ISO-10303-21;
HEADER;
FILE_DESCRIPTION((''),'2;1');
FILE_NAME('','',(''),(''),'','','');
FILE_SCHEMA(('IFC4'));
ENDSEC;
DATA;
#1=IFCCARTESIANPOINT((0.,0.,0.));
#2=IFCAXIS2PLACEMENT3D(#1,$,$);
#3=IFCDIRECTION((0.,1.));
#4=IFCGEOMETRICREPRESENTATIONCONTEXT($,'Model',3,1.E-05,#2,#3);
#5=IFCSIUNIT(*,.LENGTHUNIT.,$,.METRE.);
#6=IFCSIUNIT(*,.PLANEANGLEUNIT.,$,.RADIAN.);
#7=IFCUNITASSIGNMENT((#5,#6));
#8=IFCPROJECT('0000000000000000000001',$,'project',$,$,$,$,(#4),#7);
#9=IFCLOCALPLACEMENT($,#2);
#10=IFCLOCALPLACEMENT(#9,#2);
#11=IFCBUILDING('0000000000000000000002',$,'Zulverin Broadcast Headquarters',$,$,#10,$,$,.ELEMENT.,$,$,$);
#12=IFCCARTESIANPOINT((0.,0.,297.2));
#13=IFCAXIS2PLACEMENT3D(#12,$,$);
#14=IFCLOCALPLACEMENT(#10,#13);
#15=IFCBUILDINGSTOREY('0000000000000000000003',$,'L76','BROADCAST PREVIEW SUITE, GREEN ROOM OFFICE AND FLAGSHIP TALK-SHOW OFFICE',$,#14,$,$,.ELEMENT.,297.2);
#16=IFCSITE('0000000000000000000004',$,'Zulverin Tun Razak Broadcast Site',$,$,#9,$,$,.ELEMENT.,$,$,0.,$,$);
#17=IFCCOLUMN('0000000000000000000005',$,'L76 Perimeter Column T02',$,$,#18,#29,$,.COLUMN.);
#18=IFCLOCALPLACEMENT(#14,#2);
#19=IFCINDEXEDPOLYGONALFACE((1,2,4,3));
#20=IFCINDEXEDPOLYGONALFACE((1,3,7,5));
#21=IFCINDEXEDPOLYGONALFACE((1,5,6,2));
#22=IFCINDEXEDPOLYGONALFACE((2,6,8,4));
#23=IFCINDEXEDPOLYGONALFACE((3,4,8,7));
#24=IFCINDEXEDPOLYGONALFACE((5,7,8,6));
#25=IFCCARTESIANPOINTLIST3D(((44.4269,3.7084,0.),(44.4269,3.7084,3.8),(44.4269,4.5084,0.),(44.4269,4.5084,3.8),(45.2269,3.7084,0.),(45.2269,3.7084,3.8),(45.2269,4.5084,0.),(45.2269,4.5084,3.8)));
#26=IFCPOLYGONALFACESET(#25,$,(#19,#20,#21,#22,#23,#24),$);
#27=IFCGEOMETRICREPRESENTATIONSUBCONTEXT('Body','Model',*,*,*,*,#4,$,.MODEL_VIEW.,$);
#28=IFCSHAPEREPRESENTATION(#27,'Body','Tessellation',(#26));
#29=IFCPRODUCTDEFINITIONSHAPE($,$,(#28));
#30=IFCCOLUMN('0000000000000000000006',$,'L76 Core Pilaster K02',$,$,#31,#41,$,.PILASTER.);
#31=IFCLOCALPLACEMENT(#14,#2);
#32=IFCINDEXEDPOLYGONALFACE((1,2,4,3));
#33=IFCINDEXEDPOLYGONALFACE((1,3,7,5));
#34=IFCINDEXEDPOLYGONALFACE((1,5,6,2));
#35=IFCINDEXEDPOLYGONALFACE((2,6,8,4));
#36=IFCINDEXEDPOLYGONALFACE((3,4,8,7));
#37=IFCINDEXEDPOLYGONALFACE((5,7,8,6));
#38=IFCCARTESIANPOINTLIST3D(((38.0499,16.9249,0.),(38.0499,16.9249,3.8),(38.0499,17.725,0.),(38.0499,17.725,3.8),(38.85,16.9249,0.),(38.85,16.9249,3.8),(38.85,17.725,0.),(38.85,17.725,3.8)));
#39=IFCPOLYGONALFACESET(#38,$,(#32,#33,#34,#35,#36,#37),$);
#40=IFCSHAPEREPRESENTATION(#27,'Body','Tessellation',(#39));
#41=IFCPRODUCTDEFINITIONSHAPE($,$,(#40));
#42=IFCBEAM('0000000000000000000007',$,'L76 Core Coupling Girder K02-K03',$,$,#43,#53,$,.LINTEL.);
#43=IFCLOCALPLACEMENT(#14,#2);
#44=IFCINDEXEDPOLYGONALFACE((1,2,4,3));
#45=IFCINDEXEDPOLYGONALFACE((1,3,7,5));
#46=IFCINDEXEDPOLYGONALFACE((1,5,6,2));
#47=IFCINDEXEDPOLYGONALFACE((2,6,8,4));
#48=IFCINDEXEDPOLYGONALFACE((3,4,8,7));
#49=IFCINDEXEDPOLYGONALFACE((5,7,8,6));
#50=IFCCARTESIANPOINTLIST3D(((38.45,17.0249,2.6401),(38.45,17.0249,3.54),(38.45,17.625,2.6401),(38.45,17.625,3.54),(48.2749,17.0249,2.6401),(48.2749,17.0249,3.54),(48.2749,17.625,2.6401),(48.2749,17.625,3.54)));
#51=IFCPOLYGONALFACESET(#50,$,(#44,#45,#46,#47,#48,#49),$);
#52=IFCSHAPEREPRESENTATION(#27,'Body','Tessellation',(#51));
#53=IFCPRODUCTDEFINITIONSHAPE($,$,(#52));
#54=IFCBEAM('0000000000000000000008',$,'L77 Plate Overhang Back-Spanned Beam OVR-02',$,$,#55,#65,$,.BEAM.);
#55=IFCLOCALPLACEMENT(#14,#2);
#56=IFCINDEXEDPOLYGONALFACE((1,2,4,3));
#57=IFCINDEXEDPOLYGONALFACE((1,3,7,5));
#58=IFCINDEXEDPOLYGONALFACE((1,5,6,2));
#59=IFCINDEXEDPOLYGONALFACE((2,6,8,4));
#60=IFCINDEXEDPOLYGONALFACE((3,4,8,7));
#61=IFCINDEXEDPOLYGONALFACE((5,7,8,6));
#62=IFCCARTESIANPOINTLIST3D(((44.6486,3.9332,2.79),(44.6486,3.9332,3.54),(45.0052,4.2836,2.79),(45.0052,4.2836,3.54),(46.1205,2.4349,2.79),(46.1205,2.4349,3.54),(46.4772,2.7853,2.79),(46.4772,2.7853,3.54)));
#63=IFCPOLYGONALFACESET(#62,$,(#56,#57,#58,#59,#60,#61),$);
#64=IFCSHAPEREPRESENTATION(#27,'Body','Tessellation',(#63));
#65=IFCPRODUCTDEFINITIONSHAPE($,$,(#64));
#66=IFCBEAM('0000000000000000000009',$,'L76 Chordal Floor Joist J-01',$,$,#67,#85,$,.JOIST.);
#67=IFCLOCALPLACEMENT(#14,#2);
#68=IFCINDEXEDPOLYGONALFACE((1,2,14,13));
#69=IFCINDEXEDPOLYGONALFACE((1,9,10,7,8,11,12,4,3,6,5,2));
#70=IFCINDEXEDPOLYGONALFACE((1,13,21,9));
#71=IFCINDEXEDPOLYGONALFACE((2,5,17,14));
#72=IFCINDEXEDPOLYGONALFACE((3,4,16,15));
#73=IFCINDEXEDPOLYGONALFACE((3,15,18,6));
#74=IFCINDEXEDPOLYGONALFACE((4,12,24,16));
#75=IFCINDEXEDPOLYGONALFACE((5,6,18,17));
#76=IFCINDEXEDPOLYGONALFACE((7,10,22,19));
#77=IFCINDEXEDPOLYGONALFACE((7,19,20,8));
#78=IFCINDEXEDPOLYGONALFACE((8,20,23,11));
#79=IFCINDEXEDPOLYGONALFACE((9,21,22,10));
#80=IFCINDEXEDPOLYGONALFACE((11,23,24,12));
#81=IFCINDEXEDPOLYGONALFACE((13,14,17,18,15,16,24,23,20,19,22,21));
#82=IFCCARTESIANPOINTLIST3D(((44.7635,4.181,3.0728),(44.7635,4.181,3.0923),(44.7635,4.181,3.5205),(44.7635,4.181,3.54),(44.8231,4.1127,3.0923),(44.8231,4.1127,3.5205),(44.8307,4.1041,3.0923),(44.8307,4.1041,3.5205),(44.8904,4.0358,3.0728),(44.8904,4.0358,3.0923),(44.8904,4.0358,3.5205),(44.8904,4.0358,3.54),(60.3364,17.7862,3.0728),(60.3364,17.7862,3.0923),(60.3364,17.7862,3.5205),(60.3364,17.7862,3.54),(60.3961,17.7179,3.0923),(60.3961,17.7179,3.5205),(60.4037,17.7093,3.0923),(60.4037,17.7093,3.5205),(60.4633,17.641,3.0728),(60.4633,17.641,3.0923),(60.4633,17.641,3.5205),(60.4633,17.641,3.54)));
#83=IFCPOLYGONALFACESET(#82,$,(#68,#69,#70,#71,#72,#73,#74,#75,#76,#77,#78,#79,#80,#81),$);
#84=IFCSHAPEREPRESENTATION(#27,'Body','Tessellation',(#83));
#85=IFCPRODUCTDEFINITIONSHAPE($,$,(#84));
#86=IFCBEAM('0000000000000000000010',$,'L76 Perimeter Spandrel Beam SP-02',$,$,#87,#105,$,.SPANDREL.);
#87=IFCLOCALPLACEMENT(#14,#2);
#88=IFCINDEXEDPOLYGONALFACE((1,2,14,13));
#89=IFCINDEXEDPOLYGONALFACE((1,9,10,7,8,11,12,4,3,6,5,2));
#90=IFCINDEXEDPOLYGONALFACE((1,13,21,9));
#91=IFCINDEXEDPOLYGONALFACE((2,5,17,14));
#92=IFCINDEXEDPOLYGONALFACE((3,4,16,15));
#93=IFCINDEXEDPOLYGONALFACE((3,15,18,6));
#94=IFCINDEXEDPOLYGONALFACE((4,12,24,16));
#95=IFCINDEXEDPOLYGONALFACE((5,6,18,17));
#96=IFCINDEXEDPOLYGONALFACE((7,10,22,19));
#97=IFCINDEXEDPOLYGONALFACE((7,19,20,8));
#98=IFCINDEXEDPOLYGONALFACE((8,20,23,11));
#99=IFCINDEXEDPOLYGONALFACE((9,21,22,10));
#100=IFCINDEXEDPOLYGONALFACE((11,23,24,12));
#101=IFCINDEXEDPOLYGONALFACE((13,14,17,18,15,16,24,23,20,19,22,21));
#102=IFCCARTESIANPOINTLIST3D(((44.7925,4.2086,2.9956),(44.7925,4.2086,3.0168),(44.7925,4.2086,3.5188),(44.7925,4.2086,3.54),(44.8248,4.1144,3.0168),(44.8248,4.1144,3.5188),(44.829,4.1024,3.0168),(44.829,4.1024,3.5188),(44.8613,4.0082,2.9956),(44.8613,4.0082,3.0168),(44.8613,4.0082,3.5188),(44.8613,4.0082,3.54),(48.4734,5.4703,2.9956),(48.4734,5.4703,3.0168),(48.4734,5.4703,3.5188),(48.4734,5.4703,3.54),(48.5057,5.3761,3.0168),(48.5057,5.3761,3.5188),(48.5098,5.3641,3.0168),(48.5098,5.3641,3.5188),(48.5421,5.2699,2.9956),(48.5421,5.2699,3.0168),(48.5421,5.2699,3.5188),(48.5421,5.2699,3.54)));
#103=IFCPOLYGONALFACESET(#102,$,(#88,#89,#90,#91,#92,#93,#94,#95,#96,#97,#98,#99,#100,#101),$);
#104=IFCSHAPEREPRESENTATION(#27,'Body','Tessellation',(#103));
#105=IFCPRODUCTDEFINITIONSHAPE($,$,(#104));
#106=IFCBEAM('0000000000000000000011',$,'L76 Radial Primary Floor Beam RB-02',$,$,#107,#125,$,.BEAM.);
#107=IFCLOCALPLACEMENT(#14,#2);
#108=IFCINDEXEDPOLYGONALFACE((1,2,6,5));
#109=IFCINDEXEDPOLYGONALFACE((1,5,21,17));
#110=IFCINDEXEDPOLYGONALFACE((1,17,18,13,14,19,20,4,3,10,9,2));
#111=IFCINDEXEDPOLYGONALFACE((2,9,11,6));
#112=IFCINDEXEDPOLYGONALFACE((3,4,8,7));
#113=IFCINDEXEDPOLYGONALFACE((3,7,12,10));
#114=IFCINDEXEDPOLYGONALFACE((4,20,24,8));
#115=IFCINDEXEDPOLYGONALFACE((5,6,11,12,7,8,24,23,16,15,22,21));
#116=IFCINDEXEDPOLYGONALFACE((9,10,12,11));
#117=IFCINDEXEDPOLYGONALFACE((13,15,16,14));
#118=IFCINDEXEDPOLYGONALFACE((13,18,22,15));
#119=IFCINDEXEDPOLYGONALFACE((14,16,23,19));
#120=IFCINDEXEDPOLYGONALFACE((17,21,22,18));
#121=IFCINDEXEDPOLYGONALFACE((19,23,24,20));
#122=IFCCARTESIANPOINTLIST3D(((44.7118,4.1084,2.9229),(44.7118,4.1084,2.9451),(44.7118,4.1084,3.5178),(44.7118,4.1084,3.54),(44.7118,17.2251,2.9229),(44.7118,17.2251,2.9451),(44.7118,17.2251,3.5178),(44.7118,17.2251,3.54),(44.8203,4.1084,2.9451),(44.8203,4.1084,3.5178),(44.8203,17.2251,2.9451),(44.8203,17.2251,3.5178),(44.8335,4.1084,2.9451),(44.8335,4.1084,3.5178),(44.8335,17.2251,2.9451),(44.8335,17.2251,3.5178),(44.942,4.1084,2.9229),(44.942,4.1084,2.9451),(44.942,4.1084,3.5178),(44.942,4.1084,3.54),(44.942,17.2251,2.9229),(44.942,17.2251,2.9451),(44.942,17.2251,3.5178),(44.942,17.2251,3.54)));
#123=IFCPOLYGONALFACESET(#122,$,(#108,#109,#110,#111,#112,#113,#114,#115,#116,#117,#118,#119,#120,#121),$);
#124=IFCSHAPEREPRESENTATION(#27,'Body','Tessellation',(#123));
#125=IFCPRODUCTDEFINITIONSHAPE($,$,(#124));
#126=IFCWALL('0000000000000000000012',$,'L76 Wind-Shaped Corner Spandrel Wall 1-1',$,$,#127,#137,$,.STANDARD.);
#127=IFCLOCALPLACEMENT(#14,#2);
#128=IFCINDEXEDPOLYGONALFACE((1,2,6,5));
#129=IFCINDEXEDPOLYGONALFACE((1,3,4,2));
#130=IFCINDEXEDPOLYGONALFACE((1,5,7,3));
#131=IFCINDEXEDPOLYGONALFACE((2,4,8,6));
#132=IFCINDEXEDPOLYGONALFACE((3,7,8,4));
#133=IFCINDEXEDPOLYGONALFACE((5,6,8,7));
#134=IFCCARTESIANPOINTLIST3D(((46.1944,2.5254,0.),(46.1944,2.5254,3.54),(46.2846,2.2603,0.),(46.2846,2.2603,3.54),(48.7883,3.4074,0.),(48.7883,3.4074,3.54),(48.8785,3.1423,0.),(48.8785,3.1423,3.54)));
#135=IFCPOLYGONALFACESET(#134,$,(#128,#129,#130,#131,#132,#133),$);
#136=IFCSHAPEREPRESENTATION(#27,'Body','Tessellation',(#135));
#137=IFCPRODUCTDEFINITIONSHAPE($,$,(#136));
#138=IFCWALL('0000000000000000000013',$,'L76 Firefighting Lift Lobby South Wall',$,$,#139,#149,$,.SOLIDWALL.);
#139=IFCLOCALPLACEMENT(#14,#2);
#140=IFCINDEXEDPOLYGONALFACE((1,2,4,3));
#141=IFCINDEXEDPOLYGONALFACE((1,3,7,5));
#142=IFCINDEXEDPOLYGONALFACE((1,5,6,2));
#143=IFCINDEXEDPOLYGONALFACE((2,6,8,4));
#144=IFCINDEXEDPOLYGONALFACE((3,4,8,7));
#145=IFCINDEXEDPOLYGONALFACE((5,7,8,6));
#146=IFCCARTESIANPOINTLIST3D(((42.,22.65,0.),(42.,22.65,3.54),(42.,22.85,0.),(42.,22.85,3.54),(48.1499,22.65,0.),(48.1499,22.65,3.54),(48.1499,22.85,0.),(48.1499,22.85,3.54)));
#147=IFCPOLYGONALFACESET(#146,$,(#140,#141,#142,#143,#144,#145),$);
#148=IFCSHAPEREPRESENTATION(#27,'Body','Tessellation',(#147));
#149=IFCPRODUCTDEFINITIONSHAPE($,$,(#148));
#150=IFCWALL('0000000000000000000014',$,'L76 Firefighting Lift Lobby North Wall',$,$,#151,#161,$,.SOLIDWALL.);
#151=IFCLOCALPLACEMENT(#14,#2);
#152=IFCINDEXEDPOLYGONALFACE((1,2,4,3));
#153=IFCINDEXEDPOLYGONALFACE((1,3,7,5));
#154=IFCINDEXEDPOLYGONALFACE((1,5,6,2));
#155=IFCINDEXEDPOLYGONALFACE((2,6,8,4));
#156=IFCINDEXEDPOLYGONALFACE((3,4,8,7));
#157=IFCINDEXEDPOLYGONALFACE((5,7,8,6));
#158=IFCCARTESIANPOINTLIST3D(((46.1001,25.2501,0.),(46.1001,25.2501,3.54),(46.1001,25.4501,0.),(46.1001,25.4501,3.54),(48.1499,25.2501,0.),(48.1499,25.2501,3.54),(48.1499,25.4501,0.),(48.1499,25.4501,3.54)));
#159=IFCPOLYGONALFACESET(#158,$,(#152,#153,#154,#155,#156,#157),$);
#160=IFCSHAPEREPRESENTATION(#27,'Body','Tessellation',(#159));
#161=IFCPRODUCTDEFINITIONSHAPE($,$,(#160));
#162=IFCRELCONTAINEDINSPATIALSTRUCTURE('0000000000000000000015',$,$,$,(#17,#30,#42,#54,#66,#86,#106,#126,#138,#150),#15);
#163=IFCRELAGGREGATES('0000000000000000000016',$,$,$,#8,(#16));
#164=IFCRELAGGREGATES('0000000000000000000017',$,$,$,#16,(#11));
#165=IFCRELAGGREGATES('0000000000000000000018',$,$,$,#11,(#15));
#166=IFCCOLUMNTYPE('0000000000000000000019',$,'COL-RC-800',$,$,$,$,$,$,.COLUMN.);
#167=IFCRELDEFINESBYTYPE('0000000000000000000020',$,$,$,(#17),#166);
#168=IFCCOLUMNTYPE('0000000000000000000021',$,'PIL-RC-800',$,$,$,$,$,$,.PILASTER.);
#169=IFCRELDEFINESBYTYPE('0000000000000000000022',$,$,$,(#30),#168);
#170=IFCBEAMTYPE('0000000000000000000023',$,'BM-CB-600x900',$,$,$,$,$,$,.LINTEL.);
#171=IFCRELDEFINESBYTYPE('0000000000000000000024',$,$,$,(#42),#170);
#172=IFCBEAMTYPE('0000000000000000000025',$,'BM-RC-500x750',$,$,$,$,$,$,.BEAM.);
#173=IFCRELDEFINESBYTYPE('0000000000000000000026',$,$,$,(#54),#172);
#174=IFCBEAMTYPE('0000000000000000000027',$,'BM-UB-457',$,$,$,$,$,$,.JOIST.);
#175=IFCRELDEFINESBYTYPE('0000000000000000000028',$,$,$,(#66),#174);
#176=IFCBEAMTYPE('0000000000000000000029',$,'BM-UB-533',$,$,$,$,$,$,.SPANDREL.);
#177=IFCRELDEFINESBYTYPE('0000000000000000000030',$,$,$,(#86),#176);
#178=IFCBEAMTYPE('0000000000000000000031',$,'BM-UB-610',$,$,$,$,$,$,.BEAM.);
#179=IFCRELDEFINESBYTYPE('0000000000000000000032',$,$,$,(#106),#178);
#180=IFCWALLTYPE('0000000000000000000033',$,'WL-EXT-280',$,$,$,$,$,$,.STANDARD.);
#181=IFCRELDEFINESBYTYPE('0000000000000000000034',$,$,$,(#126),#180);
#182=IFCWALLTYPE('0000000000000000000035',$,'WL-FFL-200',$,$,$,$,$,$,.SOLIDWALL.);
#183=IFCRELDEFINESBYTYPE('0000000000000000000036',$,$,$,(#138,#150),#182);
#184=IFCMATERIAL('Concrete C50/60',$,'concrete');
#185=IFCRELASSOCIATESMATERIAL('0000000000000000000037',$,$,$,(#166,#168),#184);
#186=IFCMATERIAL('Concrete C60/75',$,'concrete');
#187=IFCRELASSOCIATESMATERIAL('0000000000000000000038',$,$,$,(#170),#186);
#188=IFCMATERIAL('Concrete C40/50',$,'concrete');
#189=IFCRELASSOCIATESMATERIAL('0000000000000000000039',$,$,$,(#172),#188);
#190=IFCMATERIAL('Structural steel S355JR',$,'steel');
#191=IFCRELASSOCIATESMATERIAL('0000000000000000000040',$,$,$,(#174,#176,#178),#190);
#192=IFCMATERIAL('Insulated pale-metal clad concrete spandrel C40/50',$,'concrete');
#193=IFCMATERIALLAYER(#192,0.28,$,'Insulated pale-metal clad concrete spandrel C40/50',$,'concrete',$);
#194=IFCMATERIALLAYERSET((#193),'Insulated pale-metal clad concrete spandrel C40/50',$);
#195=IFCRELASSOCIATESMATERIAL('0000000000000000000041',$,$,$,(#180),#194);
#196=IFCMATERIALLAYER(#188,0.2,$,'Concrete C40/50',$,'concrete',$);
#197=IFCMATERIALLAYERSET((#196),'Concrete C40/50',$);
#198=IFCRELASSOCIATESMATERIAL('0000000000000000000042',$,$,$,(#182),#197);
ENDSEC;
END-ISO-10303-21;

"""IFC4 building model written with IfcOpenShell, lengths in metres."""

from ifc_helpers import new_model, si_unit, direction, frame, frame_2d, origin, origin_2d, place, context, subcontext, project, spatial, rectangle, i_section, extrude, material, layer, layer_set, material_profile, profile_set, type_object, element, save


model = new_model("IFC4")

# Units and contexts
model_context = context("Model", 3, precision=1e-05, world=origin(), true_north=direction((0.0, 1.0)))
body_context = subcontext(model_context, "Body", "Model", "MODEL_VIEW")
ifc_project = project(units=[si_unit("LENGTHUNIT", "METRE"), si_unit("PLANEANGLEUNIT", "RADIAN")], contexts=[model_context])

# Site, building, storey
site_placement = place(None, origin())
site = spatial("IfcSite", under=ifc_project, at=site_placement, Name="Zulverin Tun Razak Broadcast Site", CompositionType="ELEMENT", RefElevation=0.0)
building_placement = place(site_placement, origin())
building = spatial("IfcBuilding", under=site, at=building_placement, Name="Zulverin Broadcast Headquarters", CompositionType="ELEMENT")
storey_placement = place(building_placement, frame((0.0, 0.0, 297.2)))
storey = spatial("IfcBuildingStorey", under=building, at=storey_placement, Name="L76", Description="BROADCAST PREVIEW SUITE, GREEN ROOM OFFICE AND FLAGSHIP TALK-SHOW OFFICE", CompositionType="ELEMENT", Elevation=297.2)

# Columns
ifc_material_1 = material(Name="Concrete C50/60", Category="concrete")
ifc_material_profile_1 = material_profile(ifc_material_1, rectangle(XDim=0.8, YDim=0.8, at=origin_2d()), Name="Concrete C50/60", Category="concrete")
ifc_profile_set_1 = profile_set([ifc_material_profile_1], Name="Concrete C50/60")
column_type_1 = type_object("IfcColumnType", Name="COL-RC-800", PredefinedType="COLUMN", material=ifc_profile_set_1)
column_1_placement = place(storey_placement, frame((44.8269, 4.1084, 0.0), z_axis=(0.0, 0.0, 1.0), x_axis=(1.0, 0.0, 0.0)))
element("IfcColumn", 1, at=column_1_placement, inside=storey, type_object=column_type_1, Name="L76 Perimeter Column T02", PredefinedType="COLUMN", context=body_context, shape_type="SweptSolid", body=[
    extrude(rectangle(XDim=0.8, YDim=0.8, at=origin_2d()), origin(), (0.0, 0.0, 1.0), 3.8),
])
ifc_material_profile_2 = material_profile(ifc_material_1, rectangle(XDim=0.8, YDim=0.8, at=origin_2d()), Name="Concrete C50/60", Category="concrete")
ifc_profile_set_2 = profile_set([ifc_material_profile_2], Name="Concrete C50/60")
column_type_2 = type_object("IfcColumnType", Name="PIL-RC-800", PredefinedType="PILASTER", material=ifc_profile_set_2)
column_2_placement = place(storey_placement, frame((38.45, 17.325, 0.0), z_axis=(0.0, 0.0, 1.0), x_axis=(1.0, 0.0, 0.0)))
element("IfcColumn", 2, at=column_2_placement, inside=storey, type_object=column_type_2, Name="L76 Core Pilaster K02", PredefinedType="PILASTER", context=body_context, shape_type="SweptSolid", body=[
    extrude(rectangle(XDim=0.8, YDim=0.8, at=origin_2d()), origin(), (0.0, 0.0, 1.0), 3.8),
])

# Beams
ifc_material_2 = material(Name="Concrete C60/75", Category="concrete")
ifc_material_profile_3 = material_profile(ifc_material_2, rectangle(XDim=0.6001, YDim=0.8999, at=origin_2d()), Name="Concrete C60/75", Category="concrete")
ifc_profile_set_3 = profile_set([ifc_material_profile_3], Name="Concrete C60/75")
beam_type_1 = type_object("IfcBeamType", Name="BM-CB-600x900", PredefinedType="LINTEL", material=ifc_profile_set_3)
beam_1_placement = place(storey_placement, frame((38.45, 17.325, 3.0901), z_axis=(1.0, 0.0, 0.0), x_axis=(0.0, 1.0, 0.0)))
element("IfcBeam", 3, at=beam_1_placement, inside=storey, type_object=beam_type_1, Name="L76 Core Coupling Girder K02-K03", PredefinedType="LINTEL", context=body_context, shape_type="SweptSolid", body=[
    extrude(rectangle(XDim=0.6001, YDim=0.8999, at=origin_2d()), origin(), (0.0, 0.0, 1.0), 9.825),
])
ifc_material_3 = material(Name="Concrete C40/50", Category="concrete")
ifc_material_profile_4 = material_profile(ifc_material_3, rectangle(XDim=0.5, YDim=0.75, at=origin_2d()), Name="Concrete C40/50", Category="concrete")
ifc_profile_set_4 = profile_set([ifc_material_profile_4], Name="Concrete C40/50")
beam_type_2 = type_object("IfcBeamType", Name="BM-RC-500x750", PredefinedType="BEAM", material=ifc_profile_set_4)
beam_2_placement = place(storey_placement, frame((44.8269, 4.1084, 3.165), z_axis=(0.700802, -0.713356, 0.0), x_axis=(0.713356, 0.700802, 0.0)))
element("IfcBeam", 4, at=beam_2_placement, inside=storey, type_object=beam_type_2, Name="L77 Plate Overhang Back-Spanned Beam OVR-02", PredefinedType="BEAM", context=body_context, shape_type="SweptSolid", body=[
    extrude(rectangle(XDim=0.5, YDim=0.75, at=origin_2d()), origin(), (0.0, 0.0, 1.0), 2.1003),
])
ifc_material_4 = material(Name="Structural steel S355JR", Category="steel")
ifc_material_profile_5 = material_profile(ifc_material_4, i_section(OverallWidth=0.1929, OverallDepth=0.4673, WebThickness=0.0115, FlangeThickness=0.0195, at=origin_2d()), Name="Structural steel S355JR", Category="steel")
ifc_profile_set_5 = profile_set([ifc_material_profile_5], Name="Structural steel S355JR")
beam_type_3 = type_object("IfcBeamType", Name="BM-UB-457", PredefinedType="JOIST", material=ifc_profile_set_5)
beam_3_placement = place(storey_placement, frame((44.8269, 4.1084, 3.3064), z_axis=(0.753083, 0.657925, 0.0), x_axis=(-0.657925, 0.753083, 0.0)))
element("IfcBeam", 5, at=beam_3_placement, inside=storey, type_object=beam_type_3, Name="L76 Chordal Floor Joist J-01", PredefinedType="JOIST", context=body_context, shape_type="SweptSolid", body=[
    extrude(i_section(OverallWidth=0.1929, OverallDepth=0.4673, WebThickness=0.0115, FlangeThickness=0.0195, at=origin_2d()), origin(), (0.0, 0.0, 1.0), 20.679),
])
ifc_material_profile_6 = material_profile(ifc_material_4, i_section(OverallWidth=0.2119, OverallDepth=0.5444, WebThickness=0.0127, FlangeThickness=0.0212, at=origin_2d()), Name="Structural steel S355JR", Category="steel")
ifc_profile_set_6 = profile_set([ifc_material_profile_6], Name="Structural steel S355JR")
beam_type_4 = type_object("IfcBeamType", Name="BM-UB-533", PredefinedType="SPANDREL", material=ifc_profile_set_6)
beam_4_placement = place(storey_placement, frame((44.8269, 4.1084, 3.2678), z_axis=(0.94597, 0.324254, 0.0), x_axis=(-0.324254, 0.94597, 0.0)))
element("IfcBeam", 6, at=beam_4_placement, inside=storey, type_object=beam_type_4, Name="L76 Perimeter Spandrel Beam SP-02", PredefinedType="SPANDREL", context=body_context, shape_type="SweptSolid", body=[
    extrude(i_section(OverallWidth=0.2119, OverallDepth=0.5444, WebThickness=0.0127, FlangeThickness=0.0212, at=origin_2d()), origin(), (0.0, 0.0, 1.0), 3.8911),
])
ifc_material_profile_7 = material_profile(ifc_material_4, i_section(OverallWidth=0.2302, OverallDepth=0.6172, WebThickness=0.0132, FlangeThickness=0.0222, at=origin_2d()), Name="Structural steel S355JR", Category="steel")
ifc_profile_set_7 = profile_set([ifc_material_profile_7], Name="Structural steel S355JR")
beam_type_5 = type_object("IfcBeamType", Name="BM-UB-610", PredefinedType="BEAM", material=ifc_profile_set_7)
beam_5_placement = place(storey_placement, frame((44.8269, 17.2251, 3.2314), z_axis=(0.0, -1.0, 0.0), x_axis=(1.0, 0.0, 0.0)))
element("IfcBeam", 7, at=beam_5_placement, inside=storey, type_object=beam_type_5, Name="L76 Radial Primary Floor Beam RB-02", PredefinedType="BEAM", context=body_context, shape_type="SweptSolid", body=[
    extrude(i_section(OverallWidth=0.2302, OverallDepth=0.6172, WebThickness=0.0132, FlangeThickness=0.0222, at=origin_2d()), origin(), (0.0, 0.0, 1.0), 13.1167),
])

# Wall
ifc_material_5 = material(Name="Insulated pale-metal clad concrete spandrel C40/50", Category="concrete")
ifc_layer_1 = layer(ifc_material_5, 0.28, Name="Insulated pale-metal clad concrete spandrel C40/50", Category="concrete")
ifc_layer_set_1 = layer_set([ifc_layer_1], Name="Insulated pale-metal clad concrete spandrel C40/50")
wall_type_1 = type_object("IfcWallType", Name="WL-EXT-280", PredefinedType="STANDARD", material=ifc_layer_set_1)
wall_1_placement = place(storey_placement, frame((46.2395, 2.3928, 0.0), z_axis=(0.0, 0.0, 1.0), x_axis=(0.946759, 0.321943, 0.0)))
element("IfcWall", 8, at=wall_1_placement, inside=storey, type_object=wall_type_1, Name="L76 Wind-Shaped Corner Spandrel Wall 1-1", PredefinedType="STANDARD", context=body_context, shape_type="SweptSolid", body=[
    extrude(rectangle(XDim=2.7397, YDim=0.28, at=frame_2d((1.3699, 0.0))), origin(), (0.0, 0.0, 1.0), 3.54),
])

# Shared definitions
ifc_layer_2 = layer(ifc_material_3, 0.2, Name="Concrete C40/50", Category="concrete")
ifc_layer_set_2 = layer_set([ifc_layer_2], Name="Concrete C40/50")
wall_type_2 = type_object("IfcWallType", Name="WL-FFL-200", PredefinedType="SOLIDWALL", material=ifc_layer_set_2)

# Walls
wall_2_placement = place(storey_placement, frame((42.0, 22.75, 0.0), z_axis=(0.0, 0.0, 1.0), x_axis=(1.0, 0.0, 0.0)))
element("IfcWall", 9, at=wall_2_placement, inside=storey, type_object=wall_type_2, Name="L76 Firefighting Lift Lobby South Wall", PredefinedType="SOLIDWALL", context=body_context, shape_type="SweptSolid", body=[
    extrude(rectangle(XDim=6.1499, YDim=0.2, at=frame_2d((3.075, 0.0))), origin(), (0.0, 0.0, 1.0), 3.54),
])
wall_3_placement = place(storey_placement, frame((46.1001, 25.3501, 0.0), z_axis=(0.0, 0.0, 1.0), x_axis=(1.0, 0.0, 0.0)))
element("IfcWall", 10, at=wall_3_placement, inside=storey, type_object=wall_type_2, Name="L76 Firefighting Lift Lobby North Wall", PredefinedType="SOLIDWALL", context=body_context, shape_type="SweptSolid", body=[
    extrude(rectangle(XDim=2.0498, YDim=0.2, at=frame_2d((1.0249, 0.0))), origin(), (0.0, 0.0, 1.0), 3.54),
])

save(model, "model.ifc")
